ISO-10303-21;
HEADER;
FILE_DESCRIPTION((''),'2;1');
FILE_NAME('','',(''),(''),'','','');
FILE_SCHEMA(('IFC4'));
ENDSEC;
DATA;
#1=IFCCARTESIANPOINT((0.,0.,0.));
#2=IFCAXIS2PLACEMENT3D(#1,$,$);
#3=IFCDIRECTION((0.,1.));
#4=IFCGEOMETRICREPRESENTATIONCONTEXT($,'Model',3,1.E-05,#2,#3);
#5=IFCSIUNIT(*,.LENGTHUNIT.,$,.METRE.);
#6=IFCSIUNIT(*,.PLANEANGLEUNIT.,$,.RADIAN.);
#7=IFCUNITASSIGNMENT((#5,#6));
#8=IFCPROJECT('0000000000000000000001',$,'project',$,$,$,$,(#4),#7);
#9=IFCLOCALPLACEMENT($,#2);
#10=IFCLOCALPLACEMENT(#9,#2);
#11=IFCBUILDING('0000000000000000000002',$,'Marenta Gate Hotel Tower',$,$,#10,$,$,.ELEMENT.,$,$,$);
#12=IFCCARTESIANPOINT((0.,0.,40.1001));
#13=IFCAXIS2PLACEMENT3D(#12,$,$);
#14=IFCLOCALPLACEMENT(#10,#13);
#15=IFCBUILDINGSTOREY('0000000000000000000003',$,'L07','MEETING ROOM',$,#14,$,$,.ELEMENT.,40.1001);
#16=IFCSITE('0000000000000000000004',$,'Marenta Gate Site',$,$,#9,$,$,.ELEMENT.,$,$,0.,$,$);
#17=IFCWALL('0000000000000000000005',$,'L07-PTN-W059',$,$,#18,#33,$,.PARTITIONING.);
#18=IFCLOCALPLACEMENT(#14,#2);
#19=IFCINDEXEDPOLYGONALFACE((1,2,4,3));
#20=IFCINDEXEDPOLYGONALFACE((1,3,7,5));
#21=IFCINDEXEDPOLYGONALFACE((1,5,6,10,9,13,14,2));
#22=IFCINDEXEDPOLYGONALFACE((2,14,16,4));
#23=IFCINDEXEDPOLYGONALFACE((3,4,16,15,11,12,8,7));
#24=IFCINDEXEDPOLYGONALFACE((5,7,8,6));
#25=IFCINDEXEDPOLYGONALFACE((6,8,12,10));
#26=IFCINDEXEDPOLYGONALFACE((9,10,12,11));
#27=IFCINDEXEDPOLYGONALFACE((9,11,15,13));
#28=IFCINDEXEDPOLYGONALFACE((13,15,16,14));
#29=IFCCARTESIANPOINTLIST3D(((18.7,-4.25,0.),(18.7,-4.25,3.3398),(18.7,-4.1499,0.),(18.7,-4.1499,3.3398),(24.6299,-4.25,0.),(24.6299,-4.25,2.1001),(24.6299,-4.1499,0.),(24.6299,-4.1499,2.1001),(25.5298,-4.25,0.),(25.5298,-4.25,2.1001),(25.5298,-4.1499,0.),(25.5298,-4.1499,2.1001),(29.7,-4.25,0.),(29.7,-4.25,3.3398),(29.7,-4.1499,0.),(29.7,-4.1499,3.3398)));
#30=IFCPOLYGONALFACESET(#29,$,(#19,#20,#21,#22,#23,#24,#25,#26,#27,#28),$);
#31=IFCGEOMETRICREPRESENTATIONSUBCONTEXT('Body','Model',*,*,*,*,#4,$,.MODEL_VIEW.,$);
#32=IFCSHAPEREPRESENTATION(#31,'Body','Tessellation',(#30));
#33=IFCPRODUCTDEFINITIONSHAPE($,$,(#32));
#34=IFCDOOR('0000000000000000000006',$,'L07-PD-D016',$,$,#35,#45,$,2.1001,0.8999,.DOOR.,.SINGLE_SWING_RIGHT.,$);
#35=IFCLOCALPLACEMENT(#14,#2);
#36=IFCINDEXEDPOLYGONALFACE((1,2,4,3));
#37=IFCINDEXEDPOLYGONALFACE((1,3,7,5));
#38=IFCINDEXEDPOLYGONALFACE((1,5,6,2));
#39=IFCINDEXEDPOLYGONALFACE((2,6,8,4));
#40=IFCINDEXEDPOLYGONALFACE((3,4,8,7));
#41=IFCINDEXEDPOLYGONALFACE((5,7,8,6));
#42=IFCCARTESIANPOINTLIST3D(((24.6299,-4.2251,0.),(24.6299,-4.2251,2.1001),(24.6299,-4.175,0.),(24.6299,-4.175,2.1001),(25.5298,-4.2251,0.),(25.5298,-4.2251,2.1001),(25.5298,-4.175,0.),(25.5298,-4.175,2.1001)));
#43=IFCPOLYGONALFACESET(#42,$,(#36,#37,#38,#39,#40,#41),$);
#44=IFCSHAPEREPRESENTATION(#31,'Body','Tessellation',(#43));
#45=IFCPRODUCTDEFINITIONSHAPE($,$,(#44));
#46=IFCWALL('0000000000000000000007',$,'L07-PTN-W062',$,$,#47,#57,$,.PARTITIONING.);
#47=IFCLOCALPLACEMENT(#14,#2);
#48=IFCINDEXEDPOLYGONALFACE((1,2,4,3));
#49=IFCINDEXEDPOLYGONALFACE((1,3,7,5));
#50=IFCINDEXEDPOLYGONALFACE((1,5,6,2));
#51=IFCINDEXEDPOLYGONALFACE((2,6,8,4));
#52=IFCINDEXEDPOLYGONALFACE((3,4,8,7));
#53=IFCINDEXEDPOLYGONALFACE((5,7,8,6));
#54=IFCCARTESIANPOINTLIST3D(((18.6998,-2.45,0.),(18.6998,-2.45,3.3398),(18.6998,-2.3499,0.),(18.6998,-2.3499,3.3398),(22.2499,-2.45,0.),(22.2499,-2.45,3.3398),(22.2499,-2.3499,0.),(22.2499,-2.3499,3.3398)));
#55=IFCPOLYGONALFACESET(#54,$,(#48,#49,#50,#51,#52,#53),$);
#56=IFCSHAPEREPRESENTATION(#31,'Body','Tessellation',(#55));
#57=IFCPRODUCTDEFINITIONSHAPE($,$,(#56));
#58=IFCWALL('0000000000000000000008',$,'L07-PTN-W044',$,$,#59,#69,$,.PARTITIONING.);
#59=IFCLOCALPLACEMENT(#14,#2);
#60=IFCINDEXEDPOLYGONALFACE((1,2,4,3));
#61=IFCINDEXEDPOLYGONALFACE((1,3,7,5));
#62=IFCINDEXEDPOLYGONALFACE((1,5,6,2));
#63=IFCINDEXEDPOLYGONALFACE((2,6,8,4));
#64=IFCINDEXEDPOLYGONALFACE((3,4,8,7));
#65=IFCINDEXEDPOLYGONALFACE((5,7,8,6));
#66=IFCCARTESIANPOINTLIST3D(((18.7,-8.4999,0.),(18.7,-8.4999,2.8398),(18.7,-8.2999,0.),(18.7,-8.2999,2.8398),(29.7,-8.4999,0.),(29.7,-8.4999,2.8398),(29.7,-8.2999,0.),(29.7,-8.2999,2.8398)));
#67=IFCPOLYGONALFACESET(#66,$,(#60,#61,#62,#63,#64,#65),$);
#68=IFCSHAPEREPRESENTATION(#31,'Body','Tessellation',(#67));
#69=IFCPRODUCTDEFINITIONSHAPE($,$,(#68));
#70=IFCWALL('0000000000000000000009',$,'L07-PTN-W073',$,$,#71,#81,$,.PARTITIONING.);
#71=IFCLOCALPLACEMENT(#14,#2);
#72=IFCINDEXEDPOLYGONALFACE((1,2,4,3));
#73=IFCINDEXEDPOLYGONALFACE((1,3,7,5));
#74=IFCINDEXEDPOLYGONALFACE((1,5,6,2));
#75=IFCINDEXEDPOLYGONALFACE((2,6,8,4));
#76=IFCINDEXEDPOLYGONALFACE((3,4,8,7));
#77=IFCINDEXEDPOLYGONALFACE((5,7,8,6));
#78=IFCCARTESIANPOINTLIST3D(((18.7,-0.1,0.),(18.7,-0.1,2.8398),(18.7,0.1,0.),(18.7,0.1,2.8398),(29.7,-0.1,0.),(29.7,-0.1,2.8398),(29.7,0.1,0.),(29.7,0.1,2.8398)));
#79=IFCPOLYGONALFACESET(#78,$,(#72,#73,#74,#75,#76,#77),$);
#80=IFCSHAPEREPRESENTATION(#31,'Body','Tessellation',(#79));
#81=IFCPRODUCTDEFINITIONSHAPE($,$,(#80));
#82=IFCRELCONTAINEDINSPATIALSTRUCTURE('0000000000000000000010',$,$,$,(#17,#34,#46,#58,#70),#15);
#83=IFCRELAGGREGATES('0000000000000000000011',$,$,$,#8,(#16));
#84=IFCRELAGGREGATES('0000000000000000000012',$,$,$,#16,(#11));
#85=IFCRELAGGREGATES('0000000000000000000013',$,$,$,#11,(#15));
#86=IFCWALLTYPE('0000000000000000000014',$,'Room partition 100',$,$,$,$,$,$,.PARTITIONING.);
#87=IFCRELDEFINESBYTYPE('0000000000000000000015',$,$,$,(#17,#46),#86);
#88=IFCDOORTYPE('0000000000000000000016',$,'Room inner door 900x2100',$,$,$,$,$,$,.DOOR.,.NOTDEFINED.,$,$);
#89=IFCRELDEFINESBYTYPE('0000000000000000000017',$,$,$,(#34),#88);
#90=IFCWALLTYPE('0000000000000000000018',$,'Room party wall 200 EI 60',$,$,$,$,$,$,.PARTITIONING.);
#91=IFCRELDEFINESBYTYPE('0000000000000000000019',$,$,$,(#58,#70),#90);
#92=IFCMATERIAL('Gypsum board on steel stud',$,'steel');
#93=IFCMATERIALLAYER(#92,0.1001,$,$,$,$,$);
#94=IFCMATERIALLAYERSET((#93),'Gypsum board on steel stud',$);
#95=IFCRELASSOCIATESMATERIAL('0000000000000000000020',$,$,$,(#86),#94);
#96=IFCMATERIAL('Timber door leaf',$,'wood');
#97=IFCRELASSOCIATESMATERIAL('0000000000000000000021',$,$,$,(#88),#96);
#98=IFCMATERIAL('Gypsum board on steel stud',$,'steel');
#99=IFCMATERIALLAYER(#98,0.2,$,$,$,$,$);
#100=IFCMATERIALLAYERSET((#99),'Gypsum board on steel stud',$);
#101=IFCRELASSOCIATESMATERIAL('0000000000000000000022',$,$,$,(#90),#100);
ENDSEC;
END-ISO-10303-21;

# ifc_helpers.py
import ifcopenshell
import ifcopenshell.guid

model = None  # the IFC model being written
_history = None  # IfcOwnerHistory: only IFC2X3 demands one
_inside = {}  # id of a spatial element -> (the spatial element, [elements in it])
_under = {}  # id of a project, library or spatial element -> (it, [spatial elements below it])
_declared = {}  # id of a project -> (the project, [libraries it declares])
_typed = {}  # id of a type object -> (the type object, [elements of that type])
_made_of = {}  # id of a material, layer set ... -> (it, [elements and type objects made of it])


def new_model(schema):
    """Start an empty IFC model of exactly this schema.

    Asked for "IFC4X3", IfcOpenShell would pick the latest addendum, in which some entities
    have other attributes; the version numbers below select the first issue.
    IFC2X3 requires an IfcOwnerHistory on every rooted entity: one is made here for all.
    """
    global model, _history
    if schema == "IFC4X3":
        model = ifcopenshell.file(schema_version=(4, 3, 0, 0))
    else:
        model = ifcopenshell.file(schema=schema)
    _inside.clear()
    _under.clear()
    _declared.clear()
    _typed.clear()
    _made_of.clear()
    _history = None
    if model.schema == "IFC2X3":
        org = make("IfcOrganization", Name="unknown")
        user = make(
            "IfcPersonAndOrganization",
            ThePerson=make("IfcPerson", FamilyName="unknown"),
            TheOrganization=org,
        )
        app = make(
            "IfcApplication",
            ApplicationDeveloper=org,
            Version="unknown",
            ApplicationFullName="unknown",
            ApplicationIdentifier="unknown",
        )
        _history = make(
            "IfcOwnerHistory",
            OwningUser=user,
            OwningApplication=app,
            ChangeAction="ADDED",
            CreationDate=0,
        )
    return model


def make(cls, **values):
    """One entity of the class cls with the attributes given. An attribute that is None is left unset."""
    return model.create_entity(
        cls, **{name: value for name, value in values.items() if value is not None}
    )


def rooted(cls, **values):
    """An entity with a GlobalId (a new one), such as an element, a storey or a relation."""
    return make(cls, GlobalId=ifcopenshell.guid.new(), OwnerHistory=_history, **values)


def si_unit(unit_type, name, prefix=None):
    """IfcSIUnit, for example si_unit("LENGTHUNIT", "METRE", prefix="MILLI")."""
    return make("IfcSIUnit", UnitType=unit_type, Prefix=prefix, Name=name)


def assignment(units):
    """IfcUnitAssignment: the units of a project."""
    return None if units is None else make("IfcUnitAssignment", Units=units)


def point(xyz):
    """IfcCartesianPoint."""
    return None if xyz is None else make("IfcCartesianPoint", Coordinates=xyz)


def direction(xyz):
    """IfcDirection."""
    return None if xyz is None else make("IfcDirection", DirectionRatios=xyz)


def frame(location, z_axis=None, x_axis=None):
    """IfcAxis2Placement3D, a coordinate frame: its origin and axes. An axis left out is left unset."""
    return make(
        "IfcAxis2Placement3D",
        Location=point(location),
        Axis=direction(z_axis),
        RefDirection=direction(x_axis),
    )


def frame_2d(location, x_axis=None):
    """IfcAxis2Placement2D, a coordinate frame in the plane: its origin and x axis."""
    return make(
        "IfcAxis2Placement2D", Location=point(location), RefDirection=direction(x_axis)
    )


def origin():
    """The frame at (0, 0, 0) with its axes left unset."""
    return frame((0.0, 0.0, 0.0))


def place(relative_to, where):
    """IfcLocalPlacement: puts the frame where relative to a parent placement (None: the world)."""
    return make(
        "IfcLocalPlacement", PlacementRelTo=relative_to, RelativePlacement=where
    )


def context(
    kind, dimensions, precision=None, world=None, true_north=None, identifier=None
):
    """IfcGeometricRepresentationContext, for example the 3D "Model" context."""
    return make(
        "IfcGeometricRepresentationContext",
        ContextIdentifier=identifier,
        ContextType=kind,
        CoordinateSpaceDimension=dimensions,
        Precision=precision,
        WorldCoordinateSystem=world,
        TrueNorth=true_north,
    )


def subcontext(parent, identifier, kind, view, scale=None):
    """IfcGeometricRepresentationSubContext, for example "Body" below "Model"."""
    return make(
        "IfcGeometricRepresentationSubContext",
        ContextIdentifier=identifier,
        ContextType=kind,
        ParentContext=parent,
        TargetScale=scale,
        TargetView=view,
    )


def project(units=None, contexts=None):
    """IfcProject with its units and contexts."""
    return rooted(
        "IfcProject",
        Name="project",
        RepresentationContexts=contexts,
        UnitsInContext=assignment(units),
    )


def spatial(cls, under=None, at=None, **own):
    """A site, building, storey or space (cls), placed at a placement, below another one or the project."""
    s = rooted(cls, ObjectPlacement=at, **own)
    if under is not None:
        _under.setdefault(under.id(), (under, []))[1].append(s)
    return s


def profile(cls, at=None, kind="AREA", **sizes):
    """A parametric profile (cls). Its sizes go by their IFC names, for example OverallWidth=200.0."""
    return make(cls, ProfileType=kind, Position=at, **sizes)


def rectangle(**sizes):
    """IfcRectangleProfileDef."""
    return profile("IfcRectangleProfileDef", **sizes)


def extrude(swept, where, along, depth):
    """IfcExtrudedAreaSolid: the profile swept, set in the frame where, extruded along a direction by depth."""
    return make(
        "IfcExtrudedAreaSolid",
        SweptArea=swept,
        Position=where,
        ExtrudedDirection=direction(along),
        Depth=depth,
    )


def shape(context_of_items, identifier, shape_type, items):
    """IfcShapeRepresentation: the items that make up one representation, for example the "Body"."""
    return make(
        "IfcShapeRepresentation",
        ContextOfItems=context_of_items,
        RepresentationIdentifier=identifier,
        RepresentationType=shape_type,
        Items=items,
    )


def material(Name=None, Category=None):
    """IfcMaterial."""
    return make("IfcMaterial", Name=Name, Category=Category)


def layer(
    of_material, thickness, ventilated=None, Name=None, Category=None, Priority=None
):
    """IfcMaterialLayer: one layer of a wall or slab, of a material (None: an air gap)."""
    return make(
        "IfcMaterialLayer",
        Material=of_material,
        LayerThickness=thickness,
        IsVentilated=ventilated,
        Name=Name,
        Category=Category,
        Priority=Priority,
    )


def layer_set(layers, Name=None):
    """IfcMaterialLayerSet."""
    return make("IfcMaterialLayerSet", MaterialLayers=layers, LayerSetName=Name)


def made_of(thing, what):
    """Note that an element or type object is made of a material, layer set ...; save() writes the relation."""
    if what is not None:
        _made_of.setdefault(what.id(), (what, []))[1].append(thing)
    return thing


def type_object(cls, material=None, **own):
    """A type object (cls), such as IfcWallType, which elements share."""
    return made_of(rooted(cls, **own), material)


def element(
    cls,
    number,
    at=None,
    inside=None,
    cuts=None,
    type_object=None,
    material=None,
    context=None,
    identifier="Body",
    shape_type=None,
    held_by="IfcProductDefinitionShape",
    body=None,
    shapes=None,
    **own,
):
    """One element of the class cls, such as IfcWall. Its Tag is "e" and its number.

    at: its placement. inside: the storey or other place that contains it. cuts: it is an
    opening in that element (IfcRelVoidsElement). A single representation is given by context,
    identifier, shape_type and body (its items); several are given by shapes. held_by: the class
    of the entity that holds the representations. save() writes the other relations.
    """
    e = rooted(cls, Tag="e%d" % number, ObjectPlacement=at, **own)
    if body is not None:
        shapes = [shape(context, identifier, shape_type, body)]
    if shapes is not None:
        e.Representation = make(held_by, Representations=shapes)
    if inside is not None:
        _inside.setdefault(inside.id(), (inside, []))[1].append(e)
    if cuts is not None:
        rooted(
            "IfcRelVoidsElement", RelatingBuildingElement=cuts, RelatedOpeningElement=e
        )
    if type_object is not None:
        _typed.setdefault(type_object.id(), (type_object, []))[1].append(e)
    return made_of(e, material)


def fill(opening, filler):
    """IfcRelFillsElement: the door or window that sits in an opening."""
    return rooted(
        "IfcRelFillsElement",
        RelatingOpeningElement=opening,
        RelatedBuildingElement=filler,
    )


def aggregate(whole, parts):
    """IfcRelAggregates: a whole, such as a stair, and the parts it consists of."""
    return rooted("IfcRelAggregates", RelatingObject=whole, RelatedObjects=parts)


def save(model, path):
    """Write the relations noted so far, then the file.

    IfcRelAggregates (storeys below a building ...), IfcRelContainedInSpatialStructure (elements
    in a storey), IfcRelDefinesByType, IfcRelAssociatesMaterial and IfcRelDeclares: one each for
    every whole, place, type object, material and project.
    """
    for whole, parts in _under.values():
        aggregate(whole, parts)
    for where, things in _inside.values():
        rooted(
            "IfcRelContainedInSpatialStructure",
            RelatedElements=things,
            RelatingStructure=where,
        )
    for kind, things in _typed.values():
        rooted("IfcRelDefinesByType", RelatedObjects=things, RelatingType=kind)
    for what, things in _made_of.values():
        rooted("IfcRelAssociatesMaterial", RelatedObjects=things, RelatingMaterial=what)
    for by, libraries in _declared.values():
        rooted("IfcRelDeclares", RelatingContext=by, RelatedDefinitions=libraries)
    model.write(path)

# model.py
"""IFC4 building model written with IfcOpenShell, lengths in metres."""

from ifc_helpers import new_model, si_unit, direction, frame, frame_2d, origin, place, context, subcontext, project, spatial, rectangle, extrude, material, layer, layer_set, type_object, element, fill, save


model = new_model("IFC4")

# Units and contexts
model_context = context("Model", 3, precision=1e-05, world=origin(), true_north=direction((0.0, 1.0)))
body_context = subcontext(model_context, "Body", "Model", "MODEL_VIEW")
ifc_project = project(units=[si_unit("LENGTHUNIT", "METRE"), si_unit("PLANEANGLEUNIT", "RADIAN")], contexts=[model_context])

# Site, building, storey
site_placement = place(None, origin())
site = spatial("IfcSite", under=ifc_project, at=site_placement, Name="Marenta Gate Site", CompositionType="ELEMENT", RefElevation=0.0)
building_placement = place(site_placement, origin())
building = spatial("IfcBuilding", under=site, at=building_placement, Name="Marenta Gate Hotel Tower", CompositionType="ELEMENT")
storey_placement = place(building_placement, frame((0.0, 0.0, 40.1001)))
storey = spatial("IfcBuildingStorey", under=building, at=storey_placement, Name="L07", Description="MEETING ROOM", CompositionType="ELEMENT", Elevation=40.1001)

# Shared definitions
ifc_material_1 = material(Name="Gypsum board on steel stud", Category="steel")
ifc_layer_1 = layer(ifc_material_1, 0.1001)
ifc_layer_set_1 = layer_set([ifc_layer_1], Name="Gypsum board on steel stud")
wall_type_1 = type_object("IfcWallType", Name="Room partition 100", PredefinedType="PARTITIONING", material=ifc_layer_set_1)
ifc_material_2 = material(Name="Timber door leaf", Category="wood")
door_type_1 = type_object("IfcDoorType", Name="Room inner door 900x2100", OperationType="NOTDEFINED", PredefinedType="DOOR", material=ifc_material_2)

# Wall, opening, door
wall_1_placement = place(storey_placement, frame((18.7, -4.2, 0.0), z_axis=(0.0, 0.0, 1.0), x_axis=(1.0, 0.0, 0.0)))
wall_1 = element("IfcWall", 1, at=wall_1_placement, inside=storey, type_object=wall_type_1, Name="L07-PTN-W059", PredefinedType="PARTITIONING", context=body_context, shape_type="SweptSolid", body=[
    extrude(rectangle(XDim=11.0, YDim=0.1001, at=frame_2d((5.5, 0.0))), origin(), (0.0, 0.0, 1.0), 3.3398),
])
opening_1_placement = place(wall_1_placement, frame((5.9299, 0.0, 0.0)))
opening_1 = element("IfcOpeningElement", 2, at=opening_1_placement, cuts=wall_1, PredefinedType="OPENING", context=body_context, shape_type="SweptSolid", body=[
    extrude(rectangle(XDim=0.8999, YDim=2.1001, at=frame_2d((0.45, 1.05))), frame((0.0, 0.05, 0.0), z_axis=(0.0, -1.0, 0.0), x_axis=(1.0, 0.0, 0.0)), (0.0, 0.0, 1.0), 0.1001),
])
door_1_placement = place(opening_1_placement, origin())
door_1 = element("IfcDoor", 3, at=door_1_placement, inside=storey, type_object=door_type_1, Name="L07-PD-D016", OperationType="SINGLE_SWING_RIGHT", OverallHeight=2.1001, OverallWidth=0.8999, PredefinedType="DOOR", context=body_context, shape_type="SweptSolid", body=[
    extrude(rectangle(XDim=0.8999, YDim=2.1001, at=frame_2d((0.45, 1.05))), frame((0.0, 0.0249, 0.0), z_axis=(0.0, -1.0, 0.0), x_axis=(1.0, 0.0, 0.0)), (0.0, 0.0, 1.0), 0.05),
])
fill(opening_1, door_1)

# Walls
wall_2_placement = place(storey_placement, frame((18.7, -2.3999, 0.0), z_axis=(0.0, 0.0, 1.0), x_axis=(1.0, 0.0, 0.0)))
element("IfcWall", 4, at=wall_2_placement, inside=storey, type_object=wall_type_1, Name="L07-PTN-W062", PredefinedType="PARTITIONING", context=body_context, shape_type="SweptSolid", body=[
    extrude(rectangle(XDim=3.55, YDim=0.1001, at=frame_2d((1.7749, 0.0))), origin(), (0.0, 0.0, 1.0), 3.3398),
])
ifc_material_3 = material(Name="Gypsum board on steel stud", Category="steel")
ifc_layer_2 = layer(ifc_material_3, 0.2)
ifc_layer_set_2 = layer_set([ifc_layer_2], Name="Gypsum board on steel stud")
wall_type_2 = type_object("IfcWallType", Name="Room party wall 200 EI 60", PredefinedType="PARTITIONING", material=ifc_layer_set_2)
for number, where, z_axis, x_axis, name in (
    (5, (18.7, -8.3999, 0.0), (0.0, 0.0, 1.0), (1.0, 0.0, 0.0), "L07-PTN-W044"),
    (6, (18.7, 0.0, 0.0), (0.0, 0.0, 1.0), (1.0, 0.0, 0.0), "L07-PTN-W073"),
):
    element("IfcWall", number, at=place(storey_placement, frame(where, z_axis=z_axis, x_axis=x_axis)), inside=storey, type_object=wall_type_2, Name=name, PredefinedType="PARTITIONING", context=body_context, shape_type="SweptSolid", body=[
        extrude(rectangle(XDim=11.0, YDim=0.2, at=frame_2d((5.5, 0.0))), origin(), (0.0, 0.0, 1.0), 2.8398),
    ])

save(model, "model.ifc")
